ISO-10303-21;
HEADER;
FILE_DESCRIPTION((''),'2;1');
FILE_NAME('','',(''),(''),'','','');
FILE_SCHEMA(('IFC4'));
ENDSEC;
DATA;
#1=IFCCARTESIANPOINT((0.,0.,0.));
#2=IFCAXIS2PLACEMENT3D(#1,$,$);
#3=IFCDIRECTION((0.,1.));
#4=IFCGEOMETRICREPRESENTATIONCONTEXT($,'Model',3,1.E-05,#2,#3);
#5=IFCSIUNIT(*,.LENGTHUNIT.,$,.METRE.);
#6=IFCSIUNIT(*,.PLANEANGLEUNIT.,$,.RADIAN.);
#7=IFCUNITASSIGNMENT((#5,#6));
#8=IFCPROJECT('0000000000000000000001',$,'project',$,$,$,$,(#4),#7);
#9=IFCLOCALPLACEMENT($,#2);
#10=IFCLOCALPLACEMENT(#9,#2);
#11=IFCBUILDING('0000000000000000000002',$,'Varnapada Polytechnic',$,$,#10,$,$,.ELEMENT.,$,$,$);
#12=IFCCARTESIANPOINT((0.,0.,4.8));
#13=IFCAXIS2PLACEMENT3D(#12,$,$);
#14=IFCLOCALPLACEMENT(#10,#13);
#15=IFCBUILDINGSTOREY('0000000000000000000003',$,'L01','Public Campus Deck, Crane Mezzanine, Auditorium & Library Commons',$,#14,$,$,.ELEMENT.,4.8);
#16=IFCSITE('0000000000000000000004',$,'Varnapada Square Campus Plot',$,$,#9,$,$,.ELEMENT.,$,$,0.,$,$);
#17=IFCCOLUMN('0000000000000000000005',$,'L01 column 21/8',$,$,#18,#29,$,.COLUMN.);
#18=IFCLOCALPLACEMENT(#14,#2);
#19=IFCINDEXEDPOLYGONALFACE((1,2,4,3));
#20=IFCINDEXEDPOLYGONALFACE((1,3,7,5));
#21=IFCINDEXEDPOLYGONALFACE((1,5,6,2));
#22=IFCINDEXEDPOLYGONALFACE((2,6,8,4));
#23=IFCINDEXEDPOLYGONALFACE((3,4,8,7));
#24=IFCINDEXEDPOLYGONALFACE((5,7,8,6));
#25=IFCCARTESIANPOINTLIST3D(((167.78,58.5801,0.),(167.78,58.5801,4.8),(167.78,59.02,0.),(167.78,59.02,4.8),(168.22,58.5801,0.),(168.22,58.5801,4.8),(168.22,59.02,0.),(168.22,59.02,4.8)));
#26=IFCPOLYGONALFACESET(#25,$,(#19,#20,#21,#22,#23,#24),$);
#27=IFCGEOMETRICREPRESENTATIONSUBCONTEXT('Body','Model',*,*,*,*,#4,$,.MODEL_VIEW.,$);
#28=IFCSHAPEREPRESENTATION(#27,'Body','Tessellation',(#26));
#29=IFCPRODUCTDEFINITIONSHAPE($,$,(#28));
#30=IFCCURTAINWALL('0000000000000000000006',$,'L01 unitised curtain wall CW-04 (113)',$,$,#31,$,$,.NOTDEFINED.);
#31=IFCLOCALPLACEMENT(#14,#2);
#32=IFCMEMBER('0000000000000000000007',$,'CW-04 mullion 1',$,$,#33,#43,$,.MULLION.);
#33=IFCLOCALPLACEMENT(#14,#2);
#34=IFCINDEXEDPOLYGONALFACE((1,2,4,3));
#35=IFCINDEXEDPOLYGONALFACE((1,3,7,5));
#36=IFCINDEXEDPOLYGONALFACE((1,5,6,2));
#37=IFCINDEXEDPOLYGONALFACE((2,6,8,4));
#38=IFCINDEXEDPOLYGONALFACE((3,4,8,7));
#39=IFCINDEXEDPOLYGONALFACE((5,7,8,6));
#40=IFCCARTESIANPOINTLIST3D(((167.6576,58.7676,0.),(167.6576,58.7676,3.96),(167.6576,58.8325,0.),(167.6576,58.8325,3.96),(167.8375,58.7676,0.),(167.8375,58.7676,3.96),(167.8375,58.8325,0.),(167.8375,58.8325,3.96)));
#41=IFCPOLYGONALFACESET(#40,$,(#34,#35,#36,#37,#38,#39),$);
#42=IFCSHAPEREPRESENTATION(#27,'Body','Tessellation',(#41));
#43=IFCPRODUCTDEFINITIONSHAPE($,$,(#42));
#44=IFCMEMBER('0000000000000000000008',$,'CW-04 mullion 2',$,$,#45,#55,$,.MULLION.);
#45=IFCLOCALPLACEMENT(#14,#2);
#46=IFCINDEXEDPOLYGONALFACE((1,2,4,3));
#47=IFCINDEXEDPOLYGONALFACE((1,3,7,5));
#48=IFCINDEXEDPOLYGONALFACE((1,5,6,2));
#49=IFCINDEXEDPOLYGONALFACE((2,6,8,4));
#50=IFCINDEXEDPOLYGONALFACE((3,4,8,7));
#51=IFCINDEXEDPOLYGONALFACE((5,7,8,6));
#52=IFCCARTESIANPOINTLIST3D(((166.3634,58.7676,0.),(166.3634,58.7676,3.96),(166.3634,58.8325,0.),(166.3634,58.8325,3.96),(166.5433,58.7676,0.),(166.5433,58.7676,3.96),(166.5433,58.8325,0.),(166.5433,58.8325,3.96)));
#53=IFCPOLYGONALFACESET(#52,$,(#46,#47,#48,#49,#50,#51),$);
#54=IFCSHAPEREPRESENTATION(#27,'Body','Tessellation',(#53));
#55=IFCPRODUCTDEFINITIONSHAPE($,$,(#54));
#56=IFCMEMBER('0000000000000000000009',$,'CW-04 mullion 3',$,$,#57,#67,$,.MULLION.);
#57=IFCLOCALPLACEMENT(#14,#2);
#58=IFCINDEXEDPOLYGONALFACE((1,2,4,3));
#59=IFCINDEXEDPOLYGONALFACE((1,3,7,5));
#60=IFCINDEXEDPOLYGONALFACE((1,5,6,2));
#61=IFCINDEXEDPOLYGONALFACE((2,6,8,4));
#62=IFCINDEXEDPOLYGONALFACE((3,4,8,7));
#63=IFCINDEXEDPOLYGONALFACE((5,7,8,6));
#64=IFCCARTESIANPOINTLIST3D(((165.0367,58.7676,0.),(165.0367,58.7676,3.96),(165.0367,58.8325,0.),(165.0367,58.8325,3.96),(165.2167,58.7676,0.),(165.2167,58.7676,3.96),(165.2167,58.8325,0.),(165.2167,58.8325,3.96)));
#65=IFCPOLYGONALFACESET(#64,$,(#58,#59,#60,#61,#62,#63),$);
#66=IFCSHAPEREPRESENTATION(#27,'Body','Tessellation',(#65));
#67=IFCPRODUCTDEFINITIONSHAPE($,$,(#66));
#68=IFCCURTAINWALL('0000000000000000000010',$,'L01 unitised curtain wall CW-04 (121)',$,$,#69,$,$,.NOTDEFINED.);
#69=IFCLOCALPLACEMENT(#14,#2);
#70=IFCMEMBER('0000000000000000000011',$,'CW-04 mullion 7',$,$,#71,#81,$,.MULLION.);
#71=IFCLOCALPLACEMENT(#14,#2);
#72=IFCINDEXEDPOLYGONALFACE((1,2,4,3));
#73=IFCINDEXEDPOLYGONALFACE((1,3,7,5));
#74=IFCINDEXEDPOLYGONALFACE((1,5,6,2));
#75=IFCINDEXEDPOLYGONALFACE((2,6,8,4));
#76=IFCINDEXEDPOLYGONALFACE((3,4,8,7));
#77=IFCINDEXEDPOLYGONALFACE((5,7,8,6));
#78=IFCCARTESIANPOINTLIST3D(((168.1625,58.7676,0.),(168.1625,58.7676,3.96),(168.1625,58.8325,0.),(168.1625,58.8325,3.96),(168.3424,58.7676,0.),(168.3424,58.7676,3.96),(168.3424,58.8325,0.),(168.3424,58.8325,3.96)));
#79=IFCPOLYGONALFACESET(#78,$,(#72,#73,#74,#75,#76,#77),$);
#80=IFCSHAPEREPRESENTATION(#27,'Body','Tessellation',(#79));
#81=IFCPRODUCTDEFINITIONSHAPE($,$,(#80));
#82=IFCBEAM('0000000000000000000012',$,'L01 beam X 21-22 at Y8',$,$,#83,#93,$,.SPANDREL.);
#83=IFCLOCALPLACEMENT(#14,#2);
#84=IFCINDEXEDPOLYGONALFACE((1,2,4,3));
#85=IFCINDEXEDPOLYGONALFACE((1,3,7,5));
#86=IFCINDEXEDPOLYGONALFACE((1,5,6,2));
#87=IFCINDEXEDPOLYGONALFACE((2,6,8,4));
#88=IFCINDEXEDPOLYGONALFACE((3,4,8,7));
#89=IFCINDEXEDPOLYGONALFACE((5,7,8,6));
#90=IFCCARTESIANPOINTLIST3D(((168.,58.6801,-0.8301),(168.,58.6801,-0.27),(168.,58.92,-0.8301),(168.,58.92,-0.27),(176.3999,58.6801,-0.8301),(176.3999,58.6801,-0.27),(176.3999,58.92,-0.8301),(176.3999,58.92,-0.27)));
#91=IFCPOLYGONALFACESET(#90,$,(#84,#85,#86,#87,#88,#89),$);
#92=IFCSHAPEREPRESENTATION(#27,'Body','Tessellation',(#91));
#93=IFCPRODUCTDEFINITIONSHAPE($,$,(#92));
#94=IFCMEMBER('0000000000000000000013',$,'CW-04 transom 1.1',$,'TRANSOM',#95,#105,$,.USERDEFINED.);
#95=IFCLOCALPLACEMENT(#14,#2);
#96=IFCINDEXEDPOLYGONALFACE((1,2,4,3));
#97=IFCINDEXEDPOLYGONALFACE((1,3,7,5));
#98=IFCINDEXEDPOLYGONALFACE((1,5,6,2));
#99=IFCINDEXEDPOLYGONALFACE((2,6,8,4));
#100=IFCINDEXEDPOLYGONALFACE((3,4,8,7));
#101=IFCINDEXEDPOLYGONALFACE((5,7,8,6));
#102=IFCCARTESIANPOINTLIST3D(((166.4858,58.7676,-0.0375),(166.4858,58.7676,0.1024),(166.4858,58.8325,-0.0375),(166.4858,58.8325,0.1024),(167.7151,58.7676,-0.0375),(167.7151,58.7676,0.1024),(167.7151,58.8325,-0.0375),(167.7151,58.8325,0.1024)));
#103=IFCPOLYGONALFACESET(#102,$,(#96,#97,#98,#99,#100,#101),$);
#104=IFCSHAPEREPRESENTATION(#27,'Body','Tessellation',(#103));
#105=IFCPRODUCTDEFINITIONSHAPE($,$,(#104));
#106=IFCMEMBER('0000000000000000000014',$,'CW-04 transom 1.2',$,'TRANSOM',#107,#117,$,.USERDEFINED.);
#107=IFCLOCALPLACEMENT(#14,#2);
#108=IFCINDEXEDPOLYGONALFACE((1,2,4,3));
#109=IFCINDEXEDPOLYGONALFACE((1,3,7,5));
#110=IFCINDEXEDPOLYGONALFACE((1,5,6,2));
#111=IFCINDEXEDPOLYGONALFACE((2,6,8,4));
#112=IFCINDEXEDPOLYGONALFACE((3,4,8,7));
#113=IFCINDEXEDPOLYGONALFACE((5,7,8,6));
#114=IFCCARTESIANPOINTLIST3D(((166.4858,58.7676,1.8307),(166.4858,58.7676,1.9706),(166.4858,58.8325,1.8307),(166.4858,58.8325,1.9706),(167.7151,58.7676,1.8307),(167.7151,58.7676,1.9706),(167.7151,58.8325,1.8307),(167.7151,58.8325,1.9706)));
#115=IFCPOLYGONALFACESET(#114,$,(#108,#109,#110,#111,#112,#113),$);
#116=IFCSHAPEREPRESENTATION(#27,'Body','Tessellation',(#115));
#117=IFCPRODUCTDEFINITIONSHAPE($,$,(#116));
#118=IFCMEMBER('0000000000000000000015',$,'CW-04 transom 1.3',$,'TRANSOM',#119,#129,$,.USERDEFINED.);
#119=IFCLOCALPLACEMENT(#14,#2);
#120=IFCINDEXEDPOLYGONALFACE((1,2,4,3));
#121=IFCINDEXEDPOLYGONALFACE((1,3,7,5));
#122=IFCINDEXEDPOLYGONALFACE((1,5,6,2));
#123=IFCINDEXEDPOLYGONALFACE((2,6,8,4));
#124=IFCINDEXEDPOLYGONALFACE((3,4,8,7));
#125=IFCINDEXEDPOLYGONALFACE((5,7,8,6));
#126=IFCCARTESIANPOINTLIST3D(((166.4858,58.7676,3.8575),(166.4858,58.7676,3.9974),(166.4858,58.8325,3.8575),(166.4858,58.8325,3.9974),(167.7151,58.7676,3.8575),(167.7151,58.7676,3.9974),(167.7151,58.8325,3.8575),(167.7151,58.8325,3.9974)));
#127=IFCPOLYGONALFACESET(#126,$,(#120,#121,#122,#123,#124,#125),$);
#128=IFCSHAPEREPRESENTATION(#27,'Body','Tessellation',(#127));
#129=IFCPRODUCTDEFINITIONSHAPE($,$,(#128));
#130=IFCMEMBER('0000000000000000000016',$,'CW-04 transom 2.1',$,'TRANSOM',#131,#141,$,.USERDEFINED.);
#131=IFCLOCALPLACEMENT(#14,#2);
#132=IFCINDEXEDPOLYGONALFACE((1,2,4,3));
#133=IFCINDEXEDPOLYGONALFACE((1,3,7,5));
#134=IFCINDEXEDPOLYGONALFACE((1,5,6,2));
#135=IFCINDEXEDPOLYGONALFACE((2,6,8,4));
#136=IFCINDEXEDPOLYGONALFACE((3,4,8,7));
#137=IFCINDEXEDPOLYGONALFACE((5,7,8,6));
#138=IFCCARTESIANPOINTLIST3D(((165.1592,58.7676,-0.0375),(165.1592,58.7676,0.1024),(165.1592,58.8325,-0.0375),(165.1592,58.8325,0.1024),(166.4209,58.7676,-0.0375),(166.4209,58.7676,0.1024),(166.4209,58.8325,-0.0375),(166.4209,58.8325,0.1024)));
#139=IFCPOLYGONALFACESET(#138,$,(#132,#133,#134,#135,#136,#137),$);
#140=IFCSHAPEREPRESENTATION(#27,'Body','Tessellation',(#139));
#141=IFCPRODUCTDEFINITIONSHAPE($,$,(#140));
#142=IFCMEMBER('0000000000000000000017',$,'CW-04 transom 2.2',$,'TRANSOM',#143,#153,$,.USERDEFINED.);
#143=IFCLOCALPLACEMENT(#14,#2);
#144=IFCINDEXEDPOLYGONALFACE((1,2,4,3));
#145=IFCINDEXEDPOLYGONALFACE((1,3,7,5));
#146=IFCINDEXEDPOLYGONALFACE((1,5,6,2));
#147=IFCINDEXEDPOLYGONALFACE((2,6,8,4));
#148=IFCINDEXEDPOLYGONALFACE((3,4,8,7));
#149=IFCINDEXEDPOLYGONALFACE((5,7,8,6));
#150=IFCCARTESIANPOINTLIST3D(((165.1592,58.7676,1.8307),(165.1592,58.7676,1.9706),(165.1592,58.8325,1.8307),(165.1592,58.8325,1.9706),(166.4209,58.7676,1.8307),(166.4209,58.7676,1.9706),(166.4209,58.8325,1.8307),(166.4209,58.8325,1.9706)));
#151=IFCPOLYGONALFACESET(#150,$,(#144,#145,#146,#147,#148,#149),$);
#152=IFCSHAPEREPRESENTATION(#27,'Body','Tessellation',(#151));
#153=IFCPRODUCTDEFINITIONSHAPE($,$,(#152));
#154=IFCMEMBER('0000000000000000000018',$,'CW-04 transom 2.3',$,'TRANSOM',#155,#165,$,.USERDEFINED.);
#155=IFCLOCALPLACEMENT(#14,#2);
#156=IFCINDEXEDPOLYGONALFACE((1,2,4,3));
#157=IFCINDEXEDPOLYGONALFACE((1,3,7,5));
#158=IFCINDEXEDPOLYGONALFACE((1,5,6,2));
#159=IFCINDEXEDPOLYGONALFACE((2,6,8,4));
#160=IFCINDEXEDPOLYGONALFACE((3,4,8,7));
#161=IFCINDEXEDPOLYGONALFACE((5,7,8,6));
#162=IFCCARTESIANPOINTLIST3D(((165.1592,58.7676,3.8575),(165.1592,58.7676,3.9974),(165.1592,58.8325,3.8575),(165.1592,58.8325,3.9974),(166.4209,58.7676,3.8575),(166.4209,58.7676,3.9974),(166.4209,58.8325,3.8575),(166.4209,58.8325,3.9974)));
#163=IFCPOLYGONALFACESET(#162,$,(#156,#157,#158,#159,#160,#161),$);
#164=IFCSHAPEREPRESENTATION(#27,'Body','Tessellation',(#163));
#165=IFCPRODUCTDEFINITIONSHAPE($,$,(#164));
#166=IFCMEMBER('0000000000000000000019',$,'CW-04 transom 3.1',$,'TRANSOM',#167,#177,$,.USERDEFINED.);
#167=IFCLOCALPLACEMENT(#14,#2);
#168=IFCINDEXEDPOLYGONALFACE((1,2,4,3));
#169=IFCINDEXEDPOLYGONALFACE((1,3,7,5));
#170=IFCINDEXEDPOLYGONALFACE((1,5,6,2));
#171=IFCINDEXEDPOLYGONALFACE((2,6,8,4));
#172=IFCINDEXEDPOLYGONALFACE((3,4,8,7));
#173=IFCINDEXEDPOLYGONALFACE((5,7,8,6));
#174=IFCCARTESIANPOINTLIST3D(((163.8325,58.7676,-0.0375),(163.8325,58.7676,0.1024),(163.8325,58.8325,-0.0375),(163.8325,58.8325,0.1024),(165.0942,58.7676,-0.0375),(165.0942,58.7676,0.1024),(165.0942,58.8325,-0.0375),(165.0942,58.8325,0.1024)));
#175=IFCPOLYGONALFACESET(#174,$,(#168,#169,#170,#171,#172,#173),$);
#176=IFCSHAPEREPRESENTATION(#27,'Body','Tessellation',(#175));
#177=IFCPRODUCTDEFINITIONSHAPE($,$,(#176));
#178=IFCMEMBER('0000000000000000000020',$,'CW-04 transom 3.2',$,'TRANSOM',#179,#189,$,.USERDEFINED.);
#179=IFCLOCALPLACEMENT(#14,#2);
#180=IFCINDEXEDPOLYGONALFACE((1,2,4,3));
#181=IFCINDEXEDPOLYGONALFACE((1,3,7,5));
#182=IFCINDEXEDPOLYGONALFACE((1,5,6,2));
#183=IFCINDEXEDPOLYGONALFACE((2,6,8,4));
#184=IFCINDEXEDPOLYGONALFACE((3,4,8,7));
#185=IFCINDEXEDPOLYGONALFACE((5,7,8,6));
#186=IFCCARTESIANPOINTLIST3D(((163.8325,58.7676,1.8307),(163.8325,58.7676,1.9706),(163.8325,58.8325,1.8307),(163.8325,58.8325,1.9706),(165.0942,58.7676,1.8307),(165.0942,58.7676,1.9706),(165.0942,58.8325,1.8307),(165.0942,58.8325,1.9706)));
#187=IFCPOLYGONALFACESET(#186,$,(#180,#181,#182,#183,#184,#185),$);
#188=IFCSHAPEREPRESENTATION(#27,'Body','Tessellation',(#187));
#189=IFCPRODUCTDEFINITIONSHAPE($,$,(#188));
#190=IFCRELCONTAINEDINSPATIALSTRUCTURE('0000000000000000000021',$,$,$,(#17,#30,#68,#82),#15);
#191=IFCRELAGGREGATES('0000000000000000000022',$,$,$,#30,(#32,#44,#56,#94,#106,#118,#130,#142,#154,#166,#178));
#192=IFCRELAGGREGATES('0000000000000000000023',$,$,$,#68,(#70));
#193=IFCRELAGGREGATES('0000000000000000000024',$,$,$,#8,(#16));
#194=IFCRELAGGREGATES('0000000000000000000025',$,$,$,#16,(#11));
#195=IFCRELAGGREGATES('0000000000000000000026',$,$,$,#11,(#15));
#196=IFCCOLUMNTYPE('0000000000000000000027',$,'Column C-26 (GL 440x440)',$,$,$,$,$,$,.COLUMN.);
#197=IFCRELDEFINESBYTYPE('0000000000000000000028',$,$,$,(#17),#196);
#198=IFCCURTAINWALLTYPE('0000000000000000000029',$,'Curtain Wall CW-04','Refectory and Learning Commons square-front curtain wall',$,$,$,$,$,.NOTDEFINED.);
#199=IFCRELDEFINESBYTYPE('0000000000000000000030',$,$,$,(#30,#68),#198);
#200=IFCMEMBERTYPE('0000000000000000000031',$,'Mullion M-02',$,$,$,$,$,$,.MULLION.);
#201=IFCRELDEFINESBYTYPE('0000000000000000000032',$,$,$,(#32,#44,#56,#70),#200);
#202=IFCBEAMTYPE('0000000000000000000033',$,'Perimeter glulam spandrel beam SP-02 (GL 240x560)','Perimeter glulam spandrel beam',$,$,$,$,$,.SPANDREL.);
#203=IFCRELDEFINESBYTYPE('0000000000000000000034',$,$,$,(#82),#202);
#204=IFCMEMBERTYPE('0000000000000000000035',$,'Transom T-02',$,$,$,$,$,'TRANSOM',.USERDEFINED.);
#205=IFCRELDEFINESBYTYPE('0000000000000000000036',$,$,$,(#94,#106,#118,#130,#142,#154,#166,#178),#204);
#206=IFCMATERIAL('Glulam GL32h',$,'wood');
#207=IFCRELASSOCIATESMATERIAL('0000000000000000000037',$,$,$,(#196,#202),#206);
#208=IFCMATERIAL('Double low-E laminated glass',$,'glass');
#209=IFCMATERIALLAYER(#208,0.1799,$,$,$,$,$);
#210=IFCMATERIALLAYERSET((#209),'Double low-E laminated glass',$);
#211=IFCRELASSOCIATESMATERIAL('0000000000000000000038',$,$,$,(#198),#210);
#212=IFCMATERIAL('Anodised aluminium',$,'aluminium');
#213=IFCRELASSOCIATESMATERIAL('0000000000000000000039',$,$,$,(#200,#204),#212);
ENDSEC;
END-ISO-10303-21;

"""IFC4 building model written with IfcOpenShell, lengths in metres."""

from ifc_helpers import new_model, si_unit, direction, frame, origin, origin_2d, place, context, subcontext, project, spatial, rectangle, extrude, material, layer, layer_set, material_profile, profile_set, type_object, element, aggregate, save


model = new_model("IFC4")

# Units and contexts
model_context = context("Model", 3, precision=1e-05, world=origin(), true_north=direction((0.0, 1.0)))
body_context = subcontext(model_context, "Body", "Model", "MODEL_VIEW")
ifc_project = project(units=[si_unit("LENGTHUNIT", "METRE"), si_unit("PLANEANGLEUNIT", "RADIAN")], contexts=[model_context])

# Site, building, storey
site_placement = place(None, origin())
site = spatial("IfcSite", under=ifc_project, at=site_placement, Name="Varnapada Square Campus Plot", CompositionType="ELEMENT", RefElevation=0.0)
building_placement = place(site_placement, origin())
building = spatial("IfcBuilding", under=site, at=building_placement, Name="Varnapada Polytechnic", CompositionType="ELEMENT")
storey_placement = place(building_placement, frame((0.0, 0.0, 4.8)))
storey = spatial("IfcBuildingStorey", under=building, at=storey_placement, Name="L01", Description="Public Campus Deck, Crane Mezzanine, Auditorium & Library Commons", CompositionType="ELEMENT", Elevation=4.8)

# Column
ifc_material_1 = material(Name="Glulam GL32h", Category="wood")
ifc_material_profile_1 = material_profile(ifc_material_1, rectangle(XDim=0.4399, YDim=0.4399, at=origin_2d()), Name="GL 440x440")
ifc_profile_set_1 = profile_set([ifc_material_profile_1], Name="Glulam GL32h")
column_type = type_object("IfcColumnType", Name="Column C-26 (GL 440x440)", PredefinedType="COLUMN", material=ifc_profile_set_1)
column_placement = place(storey_placement, frame((168.0, 58.8, 0.0), z_axis=(0.0, 0.0, 1.0), x_axis=(1.0, 0.0, 0.0)))
element("IfcColumn", 1, at=column_placement, inside=storey, type_object=column_type, Name="L01 column 21/8", PredefinedType="COLUMN", context=body_context, shape_type="SweptSolid", body=[
    extrude(rectangle(XDim=0.4399, YDim=0.4399, at=origin_2d()), origin(), (0.0, 0.0, 1.0), 4.8),
])

# Curtain wall, members
ifc_material_2 = material(Name="Double low-E laminated glass", Category="glass")
ifc_layer_1 = layer(ifc_material_2, 0.1799)
ifc_layer_set_1 = layer_set([ifc_layer_1], Name="Double low-E laminated glass")
curtain_wall_type = type_object("IfcCurtainWallType", Name="Curtain Wall CW-04", Description="Refectory and Learning Commons square-front curtain wall", PredefinedType="NOTDEFINED", material=ifc_layer_set_1)
curtain_wall_1_placement = place(storey_placement, origin())
curtain_wall_1 = element("IfcCurtainWall", 2, at=curtain_wall_1_placement, inside=storey, type_object=curtain_wall_type, Name="L01 unitised curtain wall CW-04 (113)", PredefinedType="NOTDEFINED")
ifc_material_3 = material(Name="Anodised aluminium", Category="aluminium")
ifc_material_profile_2 = material_profile(ifc_material_3, rectangle(XDim=0.0649, YDim=0.1799, at=origin_2d()), Name="ALU M65x180")
ifc_profile_set_2 = profile_set([ifc_material_profile_2], Name="Anodised aluminium")
member_type_1 = type_object("IfcMemberType", Name="Mullion M-02", PredefinedType="MULLION", material=ifc_profile_set_2)
member_1_placement = place(storey_placement, frame((167.7476, 58.8, 0.0), z_axis=(0.0, 0.0, 1.0), x_axis=(0.0, -1.0, 0.0)))
member_1 = element("IfcMember", 3, at=member_1_placement, type_object=member_type_1, Name="CW-04 mullion 1", PredefinedType="MULLION", context=body_context, shape_type="SweptSolid", body=[
    extrude(rectangle(XDim=0.0649, YDim=0.1799, at=origin_2d()), origin(), (0.0, 0.0, 1.0), 3.96),
])
member_2_placement = place(storey_placement, frame((166.4534, 58.8, 0.0), z_axis=(0.0, 0.0, 1.0), x_axis=(0.0, -1.0, 0.0)))
member_2 = element("IfcMember", 4, at=member_2_placement, type_object=member_type_1, Name="CW-04 mullion 2", PredefinedType="MULLION", context=body_context, shape_type="SweptSolid", body=[
    extrude(rectangle(XDim=0.0649, YDim=0.1799, at=origin_2d()), origin(), (0.0, 0.0, 1.0), 3.96),
])
member_3_placement = place(storey_placement, frame((165.1267, 58.8, 0.0), z_axis=(0.0, 0.0, 1.0), x_axis=(0.0, -1.0, 0.0)))
member_3 = element("IfcMember", 5, at=member_3_placement, type_object=member_type_1, Name="CW-04 mullion 3", PredefinedType="MULLION", context=body_context, shape_type="SweptSolid", body=[
    extrude(rectangle(XDim=0.0649, YDim=0.1799, at=origin_2d()), origin(), (0.0, 0.0, 1.0), 3.96),
])

# Curtain wall, member
curtain_wall_2_placement = place(storey_placement, origin())
curtain_wall_2 = element("IfcCurtainWall", 6, at=curtain_wall_2_placement, inside=storey, type_object=curtain_wall_type, Name="L01 unitised curtain wall CW-04 (121)", PredefinedType="NOTDEFINED")
member_4_placement = place(storey_placement, frame((168.2524, 58.8, 0.0), z_axis=(0.0, 0.0, 1.0), x_axis=(0.0, -1.0, 0.0)))
member_4 = element("IfcMember", 7, at=member_4_placement, type_object=member_type_1, Name="CW-04 mullion 7", PredefinedType="MULLION", context=body_context, shape_type="SweptSolid", body=[
    extrude(rectangle(XDim=0.0649, YDim=0.1799, at=origin_2d()), origin(), (0.0, 0.0, 1.0), 3.96),
])

# Beam
ifc_material_profile_3 = material_profile(ifc_material_1, rectangle(XDim=0.24, YDim=0.5601, at=origin_2d()), Name="GL 240x560")
ifc_profile_set_3 = profile_set([ifc_material_profile_3], Name="Glulam GL32h")
beam_type_1 = type_object("IfcBeamType", Name="Perimeter glulam spandrel beam SP-02 (GL 240x560)", Description="Perimeter glulam spandrel beam", PredefinedType="SPANDREL", material=ifc_profile_set_3)
beam_1_placement = place(storey_placement, frame((168.0, 58.8, -0.55), z_axis=(1.0, 0.0, 0.0), x_axis=(0.0, 1.0, 0.0)))
element("IfcBeam", 8, at=beam_1_placement, inside=storey, type_object=beam_type_1, Name="L01 beam X 21-22 at Y8", PredefinedType="SPANDREL", context=body_context, shape_type="SweptSolid", body=[
    extrude(rectangle(XDim=0.24, YDim=0.5601, at=origin_2d()), origin(), (0.0, 0.0, 1.0), 8.3999),
])

# Members
ifc_material_profile_4 = material_profile(ifc_material_3, rectangle(XDim=0.0649, YDim=0.1399, at=origin_2d()), Name="ALU T65x140")
ifc_profile_set_4 = profile_set([ifc_material_profile_4], Name="Anodised aluminium")
member_type_2 = type_object("IfcMemberType", Name="Transom T-02", ElementType="TRANSOM", PredefinedType="USERDEFINED", material=ifc_profile_set_4)
member_5_placement = place(storey_placement, frame((167.7151, 58.8, 0.0325), z_axis=(-1.0, 0.0, 0.0), x_axis=(0.0, -1.0, 0.0)))
member_5 = element("IfcMember", 9, at=member_5_placement, type_object=member_type_2, Name="CW-04 transom 1.1", ObjectType="TRANSOM", PredefinedType="USERDEFINED", context=body_context, shape_type="SweptSolid", body=[
    extrude(rectangle(XDim=0.0649, YDim=0.1399, at=origin_2d()), origin(), (0.0, 0.0, 1.0), 1.2292),
])
member_6_placement = place(storey_placement, frame((167.7151, 58.8, 1.9006), z_axis=(-1.0, 0.0, 0.0), x_axis=(0.0, -1.0, 0.0)))
member_6 = element("IfcMember", 10, at=member_6_placement, type_object=member_type_2, Name="CW-04 transom 1.2", ObjectType="TRANSOM", PredefinedType="USERDEFINED", context=body_context, shape_type="SweptSolid", body=[
    extrude(rectangle(XDim=0.0649, YDim=0.1399, at=origin_2d()), origin(), (0.0, 0.0, 1.0), 1.2292),
])
member_7_placement = place(storey_placement, frame((167.7151, 58.8, 3.9275), z_axis=(-1.0, 0.0, 0.0), x_axis=(0.0, -1.0, 0.0)))
member_7 = element("IfcMember", 11, at=member_7_placement, type_object=member_type_2, Name="CW-04 transom 1.3", ObjectType="TRANSOM", PredefinedType="USERDEFINED", context=body_context, shape_type="SweptSolid", body=[
    extrude(rectangle(XDim=0.0649, YDim=0.1399, at=origin_2d()), origin(), (0.0, 0.0, 1.0), 1.2292),
])
member_8_placement = place(storey_placement, frame((166.4209, 58.8, 0.0325), z_axis=(-1.0, 0.0, 0.0), x_axis=(0.0, -1.0, 0.0)))
member_8 = element("IfcMember", 12, at=member_8_placement, type_object=member_type_2, Name="CW-04 transom 2.1", ObjectType="TRANSOM", PredefinedType="USERDEFINED", context=body_context, shape_type="SweptSolid", body=[
    extrude(rectangle(XDim=0.0649, YDim=0.1399, at=origin_2d()), origin(), (0.0, 0.0, 1.0), 1.2617),
])
member_9_placement = place(storey_placement, frame((166.4209, 58.8, 1.9006), z_axis=(-1.0, 0.0, 0.0), x_axis=(0.0, -1.0, 0.0)))
member_9 = element("IfcMember", 13, at=member_9_placement, type_object=member_type_2, Name="CW-04 transom 2.2", ObjectType="TRANSOM", PredefinedType="USERDEFINED", context=body_context, shape_type="SweptSolid", body=[
    extrude(rectangle(XDim=0.0649, YDim=0.1399, at=origin_2d()), origin(), (0.0, 0.0, 1.0), 1.2617),
])
member_10_placement = place(storey_placement, frame((166.4209, 58.8, 3.9275), z_axis=(-1.0, 0.0, 0.0), x_axis=(0.0, -1.0, 0.0)))
member_10 = element("IfcMember", 14, at=member_10_placement, type_object=member_type_2, Name="CW-04 transom 2.3", ObjectType="TRANSOM", PredefinedType="USERDEFINED", context=body_context, shape_type="SweptSolid", body=[
    extrude(rectangle(XDim=0.0649, YDim=0.1399, at=origin_2d()), origin(), (0.0, 0.0, 1.0), 1.2617),
])
member_11_placement = place(storey_placement, frame((165.0942, 58.8, 0.0325), z_axis=(-1.0, 0.0, 0.0), x_axis=(0.0, -1.0, 0.0)))
member_11 = element("IfcMember", 15, at=member_11_placement, type_object=member_type_2, Name="CW-04 transom 3.1", ObjectType="TRANSOM", PredefinedType="USERDEFINED", context=body_context, shape_type="SweptSolid", body=[
    extrude(rectangle(XDim=0.0649, YDim=0.1399, at=origin_2d()), origin(), (0.0, 0.0, 1.0), 1.2617),
])
member_12_placement = place(storey_placement, frame((165.0942, 58.8, 1.9006), z_axis=(-1.0, 0.0, 0.0), x_axis=(0.0, -1.0, 0.0)))
member_12 = element("IfcMember", 16, at=member_12_placement, type_object=member_type_2, Name="CW-04 transom 3.2", ObjectType="TRANSOM", PredefinedType="USERDEFINED", context=body_context, shape_type="SweptSolid", body=[
    extrude(rectangle(XDim=0.0649, YDim=0.1399, at=origin_2d()), origin(), (0.0, 0.0, 1.0), 1.2617),
])

aggregate(curtain_wall_1, [member_1, member_2, member_3, member_5, member_6, member_7, member_8, member_9, member_10, member_11, member_12])
aggregate(curtain_wall_2, [member_4])

save(model, "model.ifc")
